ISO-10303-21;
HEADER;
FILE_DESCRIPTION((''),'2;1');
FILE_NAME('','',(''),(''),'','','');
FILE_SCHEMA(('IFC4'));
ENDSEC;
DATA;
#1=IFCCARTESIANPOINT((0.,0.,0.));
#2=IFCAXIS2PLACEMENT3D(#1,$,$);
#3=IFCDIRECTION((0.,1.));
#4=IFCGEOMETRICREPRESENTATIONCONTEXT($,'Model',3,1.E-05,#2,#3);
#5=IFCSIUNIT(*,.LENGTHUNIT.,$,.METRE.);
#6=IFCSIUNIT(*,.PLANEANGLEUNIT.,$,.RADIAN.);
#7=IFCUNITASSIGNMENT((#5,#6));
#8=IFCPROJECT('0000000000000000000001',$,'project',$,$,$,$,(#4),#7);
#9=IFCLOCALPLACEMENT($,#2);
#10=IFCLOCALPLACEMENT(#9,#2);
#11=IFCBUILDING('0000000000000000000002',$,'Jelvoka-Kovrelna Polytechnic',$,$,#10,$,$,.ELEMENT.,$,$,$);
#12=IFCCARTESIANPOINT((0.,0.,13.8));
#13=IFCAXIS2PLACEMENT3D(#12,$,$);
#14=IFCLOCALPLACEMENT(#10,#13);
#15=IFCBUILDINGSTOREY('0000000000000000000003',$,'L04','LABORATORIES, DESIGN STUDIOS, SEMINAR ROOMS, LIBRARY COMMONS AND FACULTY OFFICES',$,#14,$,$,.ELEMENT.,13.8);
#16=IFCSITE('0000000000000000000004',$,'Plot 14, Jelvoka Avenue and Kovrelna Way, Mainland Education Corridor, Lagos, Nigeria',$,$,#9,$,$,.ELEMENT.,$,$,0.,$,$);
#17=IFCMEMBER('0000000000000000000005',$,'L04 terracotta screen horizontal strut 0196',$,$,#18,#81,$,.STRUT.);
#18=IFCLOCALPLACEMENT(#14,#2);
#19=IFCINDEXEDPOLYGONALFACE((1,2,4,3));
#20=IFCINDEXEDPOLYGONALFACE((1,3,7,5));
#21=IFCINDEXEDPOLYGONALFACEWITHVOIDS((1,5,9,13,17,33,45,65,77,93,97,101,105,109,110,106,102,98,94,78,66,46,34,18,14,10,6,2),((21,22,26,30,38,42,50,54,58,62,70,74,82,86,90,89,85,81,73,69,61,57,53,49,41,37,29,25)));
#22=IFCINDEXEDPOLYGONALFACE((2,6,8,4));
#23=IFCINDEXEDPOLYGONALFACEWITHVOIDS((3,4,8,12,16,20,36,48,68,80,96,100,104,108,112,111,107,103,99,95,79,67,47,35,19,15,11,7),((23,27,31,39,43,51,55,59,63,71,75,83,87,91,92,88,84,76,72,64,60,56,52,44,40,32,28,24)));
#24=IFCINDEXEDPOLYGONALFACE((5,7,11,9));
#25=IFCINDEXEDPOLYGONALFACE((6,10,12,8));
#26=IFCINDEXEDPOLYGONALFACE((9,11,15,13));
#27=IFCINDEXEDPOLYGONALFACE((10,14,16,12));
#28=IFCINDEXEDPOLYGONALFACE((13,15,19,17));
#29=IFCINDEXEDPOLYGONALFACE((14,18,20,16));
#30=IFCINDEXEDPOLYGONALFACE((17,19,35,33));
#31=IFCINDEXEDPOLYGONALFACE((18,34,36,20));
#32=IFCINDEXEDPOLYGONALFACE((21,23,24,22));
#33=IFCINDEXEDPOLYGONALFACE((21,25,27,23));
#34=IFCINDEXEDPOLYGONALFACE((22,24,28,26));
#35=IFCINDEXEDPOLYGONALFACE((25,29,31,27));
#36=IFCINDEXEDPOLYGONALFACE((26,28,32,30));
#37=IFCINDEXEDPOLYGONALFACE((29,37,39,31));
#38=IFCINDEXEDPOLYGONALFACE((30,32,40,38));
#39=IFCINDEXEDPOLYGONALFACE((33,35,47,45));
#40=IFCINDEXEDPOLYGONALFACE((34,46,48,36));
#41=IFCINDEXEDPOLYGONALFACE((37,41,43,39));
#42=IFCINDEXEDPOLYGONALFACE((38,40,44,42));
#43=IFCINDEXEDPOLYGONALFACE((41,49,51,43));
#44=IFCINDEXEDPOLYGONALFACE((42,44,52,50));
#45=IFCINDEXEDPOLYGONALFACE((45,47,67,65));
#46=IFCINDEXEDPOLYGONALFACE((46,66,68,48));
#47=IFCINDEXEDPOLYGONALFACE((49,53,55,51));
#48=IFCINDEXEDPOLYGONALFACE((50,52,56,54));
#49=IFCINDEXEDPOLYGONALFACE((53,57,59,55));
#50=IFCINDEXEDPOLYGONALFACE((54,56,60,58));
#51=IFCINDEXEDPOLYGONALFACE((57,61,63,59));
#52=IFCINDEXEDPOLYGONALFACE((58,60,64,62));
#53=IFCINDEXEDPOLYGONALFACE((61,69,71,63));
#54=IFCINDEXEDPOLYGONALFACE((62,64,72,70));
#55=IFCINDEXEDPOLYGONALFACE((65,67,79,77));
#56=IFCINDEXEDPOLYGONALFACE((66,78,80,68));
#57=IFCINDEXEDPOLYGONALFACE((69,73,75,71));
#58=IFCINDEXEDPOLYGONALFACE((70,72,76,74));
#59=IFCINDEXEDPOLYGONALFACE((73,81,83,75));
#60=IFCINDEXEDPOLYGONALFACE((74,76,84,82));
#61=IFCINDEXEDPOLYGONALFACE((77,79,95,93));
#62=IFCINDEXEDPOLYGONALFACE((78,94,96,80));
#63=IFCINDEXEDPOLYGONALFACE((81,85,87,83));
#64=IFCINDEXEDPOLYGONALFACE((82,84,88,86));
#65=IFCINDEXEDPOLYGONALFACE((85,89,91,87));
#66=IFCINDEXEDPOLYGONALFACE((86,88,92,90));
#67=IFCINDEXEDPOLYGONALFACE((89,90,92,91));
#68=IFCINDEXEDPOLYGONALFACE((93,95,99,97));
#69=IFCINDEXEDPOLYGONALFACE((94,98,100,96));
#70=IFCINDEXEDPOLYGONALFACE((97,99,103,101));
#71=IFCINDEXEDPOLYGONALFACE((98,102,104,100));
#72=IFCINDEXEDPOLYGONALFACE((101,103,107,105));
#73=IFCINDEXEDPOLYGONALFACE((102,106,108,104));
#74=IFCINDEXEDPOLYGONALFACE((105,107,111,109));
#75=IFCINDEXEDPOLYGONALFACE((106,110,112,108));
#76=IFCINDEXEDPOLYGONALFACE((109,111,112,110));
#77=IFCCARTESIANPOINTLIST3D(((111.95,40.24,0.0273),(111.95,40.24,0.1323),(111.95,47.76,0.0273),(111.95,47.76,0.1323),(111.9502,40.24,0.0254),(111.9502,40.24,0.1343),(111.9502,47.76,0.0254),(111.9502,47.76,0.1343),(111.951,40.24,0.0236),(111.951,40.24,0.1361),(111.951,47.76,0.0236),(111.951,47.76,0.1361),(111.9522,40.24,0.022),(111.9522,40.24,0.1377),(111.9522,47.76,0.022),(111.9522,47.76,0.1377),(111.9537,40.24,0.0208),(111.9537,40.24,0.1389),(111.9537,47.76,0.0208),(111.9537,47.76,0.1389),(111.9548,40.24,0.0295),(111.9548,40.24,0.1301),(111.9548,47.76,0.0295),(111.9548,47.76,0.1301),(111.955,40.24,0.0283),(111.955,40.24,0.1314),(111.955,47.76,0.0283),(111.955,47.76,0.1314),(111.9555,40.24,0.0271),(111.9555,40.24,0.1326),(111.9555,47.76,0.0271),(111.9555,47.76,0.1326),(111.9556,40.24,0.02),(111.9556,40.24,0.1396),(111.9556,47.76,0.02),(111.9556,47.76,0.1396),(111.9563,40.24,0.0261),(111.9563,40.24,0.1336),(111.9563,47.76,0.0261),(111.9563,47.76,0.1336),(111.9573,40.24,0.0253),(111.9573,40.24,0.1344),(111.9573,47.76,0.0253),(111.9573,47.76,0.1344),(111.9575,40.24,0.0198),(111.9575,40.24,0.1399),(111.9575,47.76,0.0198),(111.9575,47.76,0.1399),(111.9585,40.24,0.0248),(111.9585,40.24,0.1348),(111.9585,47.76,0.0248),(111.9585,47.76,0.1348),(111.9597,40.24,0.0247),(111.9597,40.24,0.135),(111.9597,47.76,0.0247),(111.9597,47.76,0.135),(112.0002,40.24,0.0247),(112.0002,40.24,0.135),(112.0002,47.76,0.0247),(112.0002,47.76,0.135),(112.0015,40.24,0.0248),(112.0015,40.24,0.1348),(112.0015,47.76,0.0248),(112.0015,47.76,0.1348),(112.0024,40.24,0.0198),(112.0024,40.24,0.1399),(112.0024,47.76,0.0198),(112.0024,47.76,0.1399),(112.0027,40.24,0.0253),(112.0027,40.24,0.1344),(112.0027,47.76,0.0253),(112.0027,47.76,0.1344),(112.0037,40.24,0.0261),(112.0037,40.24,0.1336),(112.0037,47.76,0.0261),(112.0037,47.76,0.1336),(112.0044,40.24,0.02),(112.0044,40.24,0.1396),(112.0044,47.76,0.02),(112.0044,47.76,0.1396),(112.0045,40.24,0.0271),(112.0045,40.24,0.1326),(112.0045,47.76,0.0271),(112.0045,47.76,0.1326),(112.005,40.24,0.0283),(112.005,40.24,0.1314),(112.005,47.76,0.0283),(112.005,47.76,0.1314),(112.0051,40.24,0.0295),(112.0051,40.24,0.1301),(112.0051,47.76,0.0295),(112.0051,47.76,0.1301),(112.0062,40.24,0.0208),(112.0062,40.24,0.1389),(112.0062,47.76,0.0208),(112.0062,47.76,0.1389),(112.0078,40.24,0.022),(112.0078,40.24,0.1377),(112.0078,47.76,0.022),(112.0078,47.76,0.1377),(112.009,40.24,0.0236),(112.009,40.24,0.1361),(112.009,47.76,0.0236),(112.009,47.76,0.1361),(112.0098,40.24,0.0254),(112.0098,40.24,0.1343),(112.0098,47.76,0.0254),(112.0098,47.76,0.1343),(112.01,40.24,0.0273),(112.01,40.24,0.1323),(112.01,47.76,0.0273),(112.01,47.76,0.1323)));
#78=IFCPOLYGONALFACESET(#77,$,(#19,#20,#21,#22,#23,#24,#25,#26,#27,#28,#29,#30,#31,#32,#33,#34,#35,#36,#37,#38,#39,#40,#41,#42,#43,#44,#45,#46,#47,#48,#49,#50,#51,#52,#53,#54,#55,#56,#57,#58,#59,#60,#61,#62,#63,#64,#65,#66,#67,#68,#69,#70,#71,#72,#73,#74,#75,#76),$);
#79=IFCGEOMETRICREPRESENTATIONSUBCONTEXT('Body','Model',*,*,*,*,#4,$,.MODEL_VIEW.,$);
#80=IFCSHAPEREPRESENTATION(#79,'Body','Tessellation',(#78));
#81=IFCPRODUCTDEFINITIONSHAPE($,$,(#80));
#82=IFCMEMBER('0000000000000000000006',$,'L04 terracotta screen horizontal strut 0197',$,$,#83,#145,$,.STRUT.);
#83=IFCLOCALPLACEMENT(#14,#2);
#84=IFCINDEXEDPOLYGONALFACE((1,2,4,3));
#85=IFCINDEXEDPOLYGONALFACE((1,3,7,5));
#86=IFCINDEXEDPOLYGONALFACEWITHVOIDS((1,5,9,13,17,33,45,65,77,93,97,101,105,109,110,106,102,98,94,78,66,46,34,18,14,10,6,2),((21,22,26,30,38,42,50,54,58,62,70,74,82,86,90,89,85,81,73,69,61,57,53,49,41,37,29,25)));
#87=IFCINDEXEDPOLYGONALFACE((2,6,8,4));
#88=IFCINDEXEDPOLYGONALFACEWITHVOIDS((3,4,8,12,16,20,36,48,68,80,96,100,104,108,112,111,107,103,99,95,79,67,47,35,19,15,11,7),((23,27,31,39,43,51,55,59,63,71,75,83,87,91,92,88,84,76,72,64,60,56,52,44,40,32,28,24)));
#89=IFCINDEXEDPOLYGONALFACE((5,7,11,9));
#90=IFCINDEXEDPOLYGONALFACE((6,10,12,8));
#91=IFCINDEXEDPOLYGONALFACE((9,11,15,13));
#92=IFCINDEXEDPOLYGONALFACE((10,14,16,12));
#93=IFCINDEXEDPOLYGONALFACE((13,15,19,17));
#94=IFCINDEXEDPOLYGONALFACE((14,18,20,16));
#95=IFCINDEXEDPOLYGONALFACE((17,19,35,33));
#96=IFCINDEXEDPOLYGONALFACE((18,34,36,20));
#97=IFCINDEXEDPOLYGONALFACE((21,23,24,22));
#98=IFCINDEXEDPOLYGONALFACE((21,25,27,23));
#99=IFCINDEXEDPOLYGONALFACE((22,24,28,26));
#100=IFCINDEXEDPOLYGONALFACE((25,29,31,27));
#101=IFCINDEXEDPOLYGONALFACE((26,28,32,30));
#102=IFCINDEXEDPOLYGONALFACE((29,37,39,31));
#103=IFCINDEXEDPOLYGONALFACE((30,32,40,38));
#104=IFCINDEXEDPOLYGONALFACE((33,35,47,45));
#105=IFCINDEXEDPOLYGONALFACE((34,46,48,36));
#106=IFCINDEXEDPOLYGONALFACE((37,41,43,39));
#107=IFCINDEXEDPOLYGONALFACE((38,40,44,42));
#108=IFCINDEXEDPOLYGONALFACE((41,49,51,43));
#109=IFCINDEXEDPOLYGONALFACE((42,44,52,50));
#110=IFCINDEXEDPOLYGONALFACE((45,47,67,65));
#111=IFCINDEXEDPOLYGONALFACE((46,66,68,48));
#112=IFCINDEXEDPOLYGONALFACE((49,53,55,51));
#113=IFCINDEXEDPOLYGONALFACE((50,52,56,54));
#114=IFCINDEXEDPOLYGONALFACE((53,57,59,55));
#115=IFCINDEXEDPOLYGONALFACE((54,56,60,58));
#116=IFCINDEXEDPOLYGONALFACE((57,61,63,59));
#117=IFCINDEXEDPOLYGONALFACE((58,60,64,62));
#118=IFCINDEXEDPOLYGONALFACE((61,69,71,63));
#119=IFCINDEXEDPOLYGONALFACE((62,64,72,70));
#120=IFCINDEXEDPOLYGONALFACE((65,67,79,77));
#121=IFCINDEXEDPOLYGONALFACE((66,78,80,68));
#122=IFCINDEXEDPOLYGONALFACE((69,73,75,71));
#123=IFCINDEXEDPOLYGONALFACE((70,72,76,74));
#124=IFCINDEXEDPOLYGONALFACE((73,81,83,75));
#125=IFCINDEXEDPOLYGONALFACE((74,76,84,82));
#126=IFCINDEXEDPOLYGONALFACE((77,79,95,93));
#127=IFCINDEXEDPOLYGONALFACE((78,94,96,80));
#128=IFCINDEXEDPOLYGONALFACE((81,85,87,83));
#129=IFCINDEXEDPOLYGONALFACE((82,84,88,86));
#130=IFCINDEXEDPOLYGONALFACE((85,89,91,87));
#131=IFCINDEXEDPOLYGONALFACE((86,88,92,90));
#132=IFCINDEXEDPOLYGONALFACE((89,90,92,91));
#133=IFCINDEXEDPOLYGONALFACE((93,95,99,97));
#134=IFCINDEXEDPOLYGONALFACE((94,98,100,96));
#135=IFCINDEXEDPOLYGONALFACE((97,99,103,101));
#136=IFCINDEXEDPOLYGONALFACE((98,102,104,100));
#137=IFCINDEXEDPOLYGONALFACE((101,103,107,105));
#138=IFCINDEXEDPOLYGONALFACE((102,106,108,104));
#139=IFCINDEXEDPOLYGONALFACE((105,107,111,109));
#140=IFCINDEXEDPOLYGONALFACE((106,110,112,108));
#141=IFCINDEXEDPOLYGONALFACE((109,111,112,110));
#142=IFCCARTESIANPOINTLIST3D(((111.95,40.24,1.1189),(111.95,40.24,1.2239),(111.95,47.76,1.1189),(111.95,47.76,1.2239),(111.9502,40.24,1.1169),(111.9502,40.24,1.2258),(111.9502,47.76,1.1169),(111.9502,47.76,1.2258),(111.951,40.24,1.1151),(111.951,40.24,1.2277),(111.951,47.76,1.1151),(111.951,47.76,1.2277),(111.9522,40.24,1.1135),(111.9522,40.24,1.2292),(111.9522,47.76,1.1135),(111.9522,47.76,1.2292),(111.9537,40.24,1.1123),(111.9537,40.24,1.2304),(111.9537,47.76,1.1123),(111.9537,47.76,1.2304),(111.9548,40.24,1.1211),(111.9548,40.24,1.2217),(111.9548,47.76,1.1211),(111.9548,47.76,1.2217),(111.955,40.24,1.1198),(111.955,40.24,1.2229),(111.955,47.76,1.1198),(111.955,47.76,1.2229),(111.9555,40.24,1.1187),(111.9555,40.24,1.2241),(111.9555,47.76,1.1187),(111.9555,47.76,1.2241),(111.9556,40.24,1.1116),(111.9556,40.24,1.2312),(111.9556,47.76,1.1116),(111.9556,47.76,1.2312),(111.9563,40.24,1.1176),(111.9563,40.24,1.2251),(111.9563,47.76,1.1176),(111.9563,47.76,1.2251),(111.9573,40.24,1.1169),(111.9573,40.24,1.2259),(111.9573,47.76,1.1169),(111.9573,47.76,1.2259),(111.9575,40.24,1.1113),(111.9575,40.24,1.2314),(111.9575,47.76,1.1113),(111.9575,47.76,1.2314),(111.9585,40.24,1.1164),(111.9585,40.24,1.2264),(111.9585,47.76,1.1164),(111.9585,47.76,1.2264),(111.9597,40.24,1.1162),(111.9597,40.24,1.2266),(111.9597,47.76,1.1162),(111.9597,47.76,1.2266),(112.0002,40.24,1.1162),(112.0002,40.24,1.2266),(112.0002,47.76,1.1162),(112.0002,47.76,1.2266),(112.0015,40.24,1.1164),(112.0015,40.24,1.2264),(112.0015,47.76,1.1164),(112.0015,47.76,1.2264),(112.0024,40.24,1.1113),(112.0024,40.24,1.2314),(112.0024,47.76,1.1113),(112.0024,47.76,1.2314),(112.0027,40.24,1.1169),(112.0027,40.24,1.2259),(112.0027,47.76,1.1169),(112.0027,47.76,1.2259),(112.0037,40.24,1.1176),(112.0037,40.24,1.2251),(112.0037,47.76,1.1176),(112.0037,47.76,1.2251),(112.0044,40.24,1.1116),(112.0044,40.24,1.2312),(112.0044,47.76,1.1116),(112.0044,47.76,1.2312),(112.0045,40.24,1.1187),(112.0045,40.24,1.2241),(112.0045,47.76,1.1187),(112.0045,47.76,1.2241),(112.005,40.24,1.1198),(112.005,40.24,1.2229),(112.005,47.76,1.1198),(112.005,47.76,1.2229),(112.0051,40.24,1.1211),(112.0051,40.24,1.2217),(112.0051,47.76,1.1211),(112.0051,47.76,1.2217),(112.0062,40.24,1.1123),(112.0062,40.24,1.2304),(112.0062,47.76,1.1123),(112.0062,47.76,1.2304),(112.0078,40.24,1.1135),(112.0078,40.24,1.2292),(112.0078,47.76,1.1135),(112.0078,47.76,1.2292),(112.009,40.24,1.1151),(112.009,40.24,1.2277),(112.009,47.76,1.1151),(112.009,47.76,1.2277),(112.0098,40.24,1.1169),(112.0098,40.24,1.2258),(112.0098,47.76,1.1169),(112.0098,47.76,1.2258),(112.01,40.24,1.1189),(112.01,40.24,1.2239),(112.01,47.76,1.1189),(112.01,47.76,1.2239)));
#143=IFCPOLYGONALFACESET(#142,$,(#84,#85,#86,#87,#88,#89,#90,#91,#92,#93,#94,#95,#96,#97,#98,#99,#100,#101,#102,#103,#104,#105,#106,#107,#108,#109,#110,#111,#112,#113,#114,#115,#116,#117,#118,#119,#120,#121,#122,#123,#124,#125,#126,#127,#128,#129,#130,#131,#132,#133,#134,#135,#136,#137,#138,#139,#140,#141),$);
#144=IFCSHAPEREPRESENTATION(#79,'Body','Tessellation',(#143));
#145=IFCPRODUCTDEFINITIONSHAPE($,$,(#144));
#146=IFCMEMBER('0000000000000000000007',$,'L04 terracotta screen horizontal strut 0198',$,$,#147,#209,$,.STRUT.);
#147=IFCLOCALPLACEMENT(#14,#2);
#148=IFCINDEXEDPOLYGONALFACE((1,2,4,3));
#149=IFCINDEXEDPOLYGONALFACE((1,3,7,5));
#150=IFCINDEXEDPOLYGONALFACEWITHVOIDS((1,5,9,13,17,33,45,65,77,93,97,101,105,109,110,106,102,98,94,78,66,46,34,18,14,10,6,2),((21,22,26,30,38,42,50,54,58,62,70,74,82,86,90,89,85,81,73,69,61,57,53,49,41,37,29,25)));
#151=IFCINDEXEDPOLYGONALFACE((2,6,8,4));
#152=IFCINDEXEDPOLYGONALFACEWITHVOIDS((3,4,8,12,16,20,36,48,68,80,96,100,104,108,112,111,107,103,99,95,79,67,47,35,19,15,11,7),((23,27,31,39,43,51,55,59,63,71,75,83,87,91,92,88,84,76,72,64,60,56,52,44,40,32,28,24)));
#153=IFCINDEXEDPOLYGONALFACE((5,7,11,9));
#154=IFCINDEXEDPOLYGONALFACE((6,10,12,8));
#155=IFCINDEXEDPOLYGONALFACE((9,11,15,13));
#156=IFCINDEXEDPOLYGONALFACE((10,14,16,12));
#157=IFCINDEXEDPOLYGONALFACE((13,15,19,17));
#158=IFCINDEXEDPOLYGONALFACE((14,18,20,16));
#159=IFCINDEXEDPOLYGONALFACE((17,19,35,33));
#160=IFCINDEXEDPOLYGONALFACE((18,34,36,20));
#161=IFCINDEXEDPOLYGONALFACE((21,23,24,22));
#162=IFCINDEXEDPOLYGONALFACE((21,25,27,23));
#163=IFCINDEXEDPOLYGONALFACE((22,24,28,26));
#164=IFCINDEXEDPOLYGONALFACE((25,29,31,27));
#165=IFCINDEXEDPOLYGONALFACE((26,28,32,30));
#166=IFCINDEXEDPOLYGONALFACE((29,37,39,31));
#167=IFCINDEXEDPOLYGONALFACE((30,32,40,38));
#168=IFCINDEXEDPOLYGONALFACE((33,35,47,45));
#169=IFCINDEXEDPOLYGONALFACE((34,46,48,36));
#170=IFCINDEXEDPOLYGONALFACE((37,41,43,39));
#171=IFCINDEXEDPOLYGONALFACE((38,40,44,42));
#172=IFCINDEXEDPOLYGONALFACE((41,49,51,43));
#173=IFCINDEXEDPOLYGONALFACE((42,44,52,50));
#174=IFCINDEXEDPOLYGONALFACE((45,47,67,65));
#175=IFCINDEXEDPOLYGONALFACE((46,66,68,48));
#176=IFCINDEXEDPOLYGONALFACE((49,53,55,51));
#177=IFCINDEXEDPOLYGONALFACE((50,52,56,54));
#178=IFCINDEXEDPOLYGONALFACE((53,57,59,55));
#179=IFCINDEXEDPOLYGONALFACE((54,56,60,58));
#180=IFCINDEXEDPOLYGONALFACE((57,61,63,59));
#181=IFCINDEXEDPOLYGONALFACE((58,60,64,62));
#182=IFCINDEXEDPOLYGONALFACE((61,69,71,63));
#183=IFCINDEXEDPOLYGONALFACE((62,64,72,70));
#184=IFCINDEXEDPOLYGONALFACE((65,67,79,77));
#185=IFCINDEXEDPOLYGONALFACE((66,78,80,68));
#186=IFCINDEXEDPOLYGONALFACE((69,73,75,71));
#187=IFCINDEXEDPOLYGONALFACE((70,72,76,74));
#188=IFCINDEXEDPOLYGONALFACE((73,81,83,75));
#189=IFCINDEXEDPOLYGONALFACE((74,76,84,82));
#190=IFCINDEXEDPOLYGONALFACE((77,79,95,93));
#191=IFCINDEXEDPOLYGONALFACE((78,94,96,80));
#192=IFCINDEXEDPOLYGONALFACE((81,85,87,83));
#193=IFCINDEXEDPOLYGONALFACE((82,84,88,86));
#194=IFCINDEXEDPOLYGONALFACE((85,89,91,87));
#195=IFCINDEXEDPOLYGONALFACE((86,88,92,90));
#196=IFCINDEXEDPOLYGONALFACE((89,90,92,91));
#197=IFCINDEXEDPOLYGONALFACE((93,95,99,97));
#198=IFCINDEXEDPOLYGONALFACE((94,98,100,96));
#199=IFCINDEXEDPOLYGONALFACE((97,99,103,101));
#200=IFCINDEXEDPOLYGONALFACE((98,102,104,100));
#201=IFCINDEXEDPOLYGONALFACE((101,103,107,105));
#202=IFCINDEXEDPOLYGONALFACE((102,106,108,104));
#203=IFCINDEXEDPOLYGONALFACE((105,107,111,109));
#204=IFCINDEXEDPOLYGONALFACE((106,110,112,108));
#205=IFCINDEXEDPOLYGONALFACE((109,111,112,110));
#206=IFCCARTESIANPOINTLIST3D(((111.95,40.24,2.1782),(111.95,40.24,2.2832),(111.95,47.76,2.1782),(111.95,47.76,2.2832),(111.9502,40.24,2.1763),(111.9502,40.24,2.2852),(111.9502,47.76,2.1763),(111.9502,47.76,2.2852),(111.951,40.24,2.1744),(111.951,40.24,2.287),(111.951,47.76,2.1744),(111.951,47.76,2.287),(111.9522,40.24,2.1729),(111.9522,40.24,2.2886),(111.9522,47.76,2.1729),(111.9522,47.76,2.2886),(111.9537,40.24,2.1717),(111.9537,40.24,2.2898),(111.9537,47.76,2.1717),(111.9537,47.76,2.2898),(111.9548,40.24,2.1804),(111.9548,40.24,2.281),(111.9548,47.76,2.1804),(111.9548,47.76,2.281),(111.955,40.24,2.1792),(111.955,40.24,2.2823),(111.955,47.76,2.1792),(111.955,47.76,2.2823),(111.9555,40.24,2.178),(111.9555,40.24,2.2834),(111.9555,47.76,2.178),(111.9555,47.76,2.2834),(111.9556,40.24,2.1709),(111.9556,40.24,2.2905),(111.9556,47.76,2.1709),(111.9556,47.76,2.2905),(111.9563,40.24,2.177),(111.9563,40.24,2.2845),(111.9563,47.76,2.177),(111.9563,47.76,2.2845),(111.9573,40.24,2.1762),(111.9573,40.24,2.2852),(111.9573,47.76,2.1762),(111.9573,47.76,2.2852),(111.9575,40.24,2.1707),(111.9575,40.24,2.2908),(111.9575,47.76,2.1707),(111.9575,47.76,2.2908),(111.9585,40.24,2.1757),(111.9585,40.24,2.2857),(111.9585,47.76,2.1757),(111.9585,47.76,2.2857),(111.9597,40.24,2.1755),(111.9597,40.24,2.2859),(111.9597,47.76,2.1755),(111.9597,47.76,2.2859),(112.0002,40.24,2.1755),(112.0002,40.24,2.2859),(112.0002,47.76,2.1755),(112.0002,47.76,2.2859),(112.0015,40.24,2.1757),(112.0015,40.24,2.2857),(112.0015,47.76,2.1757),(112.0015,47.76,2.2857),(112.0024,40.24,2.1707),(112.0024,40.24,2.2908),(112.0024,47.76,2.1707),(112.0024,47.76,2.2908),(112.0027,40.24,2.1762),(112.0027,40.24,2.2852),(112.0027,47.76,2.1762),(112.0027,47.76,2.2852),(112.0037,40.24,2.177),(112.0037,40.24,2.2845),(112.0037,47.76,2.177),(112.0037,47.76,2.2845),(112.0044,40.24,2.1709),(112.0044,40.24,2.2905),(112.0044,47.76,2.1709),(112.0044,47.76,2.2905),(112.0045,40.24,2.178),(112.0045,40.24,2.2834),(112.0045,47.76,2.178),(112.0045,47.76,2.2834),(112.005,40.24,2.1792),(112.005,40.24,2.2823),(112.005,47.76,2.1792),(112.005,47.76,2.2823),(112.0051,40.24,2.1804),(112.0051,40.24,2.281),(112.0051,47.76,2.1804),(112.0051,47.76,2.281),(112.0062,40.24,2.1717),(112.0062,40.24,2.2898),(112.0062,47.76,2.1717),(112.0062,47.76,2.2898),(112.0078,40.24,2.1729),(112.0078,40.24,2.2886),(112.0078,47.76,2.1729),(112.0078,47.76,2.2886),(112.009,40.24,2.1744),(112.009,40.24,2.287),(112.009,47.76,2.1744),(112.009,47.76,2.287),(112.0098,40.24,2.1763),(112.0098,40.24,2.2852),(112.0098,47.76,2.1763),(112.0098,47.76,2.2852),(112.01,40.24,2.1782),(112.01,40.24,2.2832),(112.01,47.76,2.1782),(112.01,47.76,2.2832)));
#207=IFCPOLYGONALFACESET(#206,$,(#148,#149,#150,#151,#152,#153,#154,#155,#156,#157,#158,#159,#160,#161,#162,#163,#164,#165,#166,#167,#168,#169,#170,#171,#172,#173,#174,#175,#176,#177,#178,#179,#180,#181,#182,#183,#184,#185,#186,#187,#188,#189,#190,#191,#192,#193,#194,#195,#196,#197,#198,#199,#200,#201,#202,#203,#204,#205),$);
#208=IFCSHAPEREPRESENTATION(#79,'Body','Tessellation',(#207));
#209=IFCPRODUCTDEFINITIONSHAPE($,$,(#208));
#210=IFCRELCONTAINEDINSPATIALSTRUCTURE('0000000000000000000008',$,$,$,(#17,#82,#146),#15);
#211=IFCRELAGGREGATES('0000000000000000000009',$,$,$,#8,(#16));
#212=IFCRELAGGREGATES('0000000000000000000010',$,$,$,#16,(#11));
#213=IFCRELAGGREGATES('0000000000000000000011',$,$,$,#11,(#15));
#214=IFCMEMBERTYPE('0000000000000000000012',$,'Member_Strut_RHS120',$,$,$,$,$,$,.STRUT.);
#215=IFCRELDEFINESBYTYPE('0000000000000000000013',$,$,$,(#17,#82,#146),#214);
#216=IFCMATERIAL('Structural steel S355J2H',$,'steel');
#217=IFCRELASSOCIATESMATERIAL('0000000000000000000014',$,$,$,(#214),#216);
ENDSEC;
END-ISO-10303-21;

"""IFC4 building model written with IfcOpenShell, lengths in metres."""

from ifc_helpers import new_model, si_unit, direction, frame, origin, origin_2d, place, context, subcontext, project, spatial, hollow_rectangle, extrude, material, material_profile, profile_set, type_object, element, save


model = new_model("IFC4")

# Units and contexts
model_context = context("Model", 3, precision=1e-05, world=origin(), true_north=direction((0.0, 1.0)))
body_context = subcontext(model_context, "Body", "Model", "MODEL_VIEW")
ifc_project = project(units=[si_unit("LENGTHUNIT", "METRE"), si_unit("PLANEANGLEUNIT", "RADIAN")], contexts=[model_context])

# Site, building, storey
site_placement = place(None, origin())
site = spatial("IfcSite", under=ifc_project, at=site_placement, Name="Plot 14, Jelvoka Avenue and Kovrelna Way, Mainland Education Corridor, Lagos, Nigeria", CompositionType="ELEMENT", RefElevation=0.0)
building_placement = place(site_placement, origin())
building = spatial("IfcBuilding", under=site, at=building_placement, Name="Jelvoka-Kovrelna Polytechnic", CompositionType="ELEMENT")
storey_placement = place(building_placement, frame((0.0, 0.0, 13.8)))
storey = spatial("IfcBuildingStorey", under=building, at=storey_placement, Name="L04", Description="LABORATORIES, DESIGN STUDIOS, SEMINAR ROOMS, LIBRARY COMMONS AND FACULTY OFFICES", CompositionType="ELEMENT", Elevation=13.8)

# Members
ifc_material_1 = material(Name="Structural steel S355J2H", Category="steel")
ifc_material_profile_1 = material_profile(ifc_material_1, hollow_rectangle(XDim=0.0601, YDim=0.1201, WallThickness=0.0049, InnerFilletRadius=0.0049, OuterFilletRadius=0.0076, at=origin_2d()), Name="120x60x5.0 RHS")
ifc_profile_set_1 = profile_set([ifc_material_profile_1], Name="Structural steel S355J2H")
member_type_1 = type_object("IfcMemberType", Name="Member_Strut_RHS120", PredefinedType="STRUT", material=ifc_profile_set_1)
for number, where, z_axis, x_axis, name in (
    (1, (111.98, 40.24, 0.0798), (0.0, 1.0, 0.0), (-1.0, 0.0, 0.0), "L04 terracotta screen horizontal strut 0196"),
    (2, (111.98, 40.24, 1.1714), (0.0, 1.0, 0.0), (-1.0, 0.0, 0.0), "L04 terracotta screen horizontal strut 0197"),
    (3, (111.98, 40.24, 2.2307), (0.0, 1.0, 0.0), (-1.0, 0.0, 0.0), "L04 terracotta screen horizontal strut 0198"),
):
    element("IfcMember", number, at=place(storey_placement, frame(where, z_axis=z_axis, x_axis=x_axis)), inside=storey, type_object=member_type_1, Name=name, PredefinedType="STRUT", context=body_context, shape_type="SweptSolid", body=[
        extrude(hollow_rectangle(XDim=0.0601, YDim=0.1201, WallThickness=0.0049, InnerFilletRadius=0.0049, OuterFilletRadius=0.0076, at=origin_2d()), origin(), (0.0, 0.0, 1.0), 7.52),
    ])

save(model, "model.ifc")
